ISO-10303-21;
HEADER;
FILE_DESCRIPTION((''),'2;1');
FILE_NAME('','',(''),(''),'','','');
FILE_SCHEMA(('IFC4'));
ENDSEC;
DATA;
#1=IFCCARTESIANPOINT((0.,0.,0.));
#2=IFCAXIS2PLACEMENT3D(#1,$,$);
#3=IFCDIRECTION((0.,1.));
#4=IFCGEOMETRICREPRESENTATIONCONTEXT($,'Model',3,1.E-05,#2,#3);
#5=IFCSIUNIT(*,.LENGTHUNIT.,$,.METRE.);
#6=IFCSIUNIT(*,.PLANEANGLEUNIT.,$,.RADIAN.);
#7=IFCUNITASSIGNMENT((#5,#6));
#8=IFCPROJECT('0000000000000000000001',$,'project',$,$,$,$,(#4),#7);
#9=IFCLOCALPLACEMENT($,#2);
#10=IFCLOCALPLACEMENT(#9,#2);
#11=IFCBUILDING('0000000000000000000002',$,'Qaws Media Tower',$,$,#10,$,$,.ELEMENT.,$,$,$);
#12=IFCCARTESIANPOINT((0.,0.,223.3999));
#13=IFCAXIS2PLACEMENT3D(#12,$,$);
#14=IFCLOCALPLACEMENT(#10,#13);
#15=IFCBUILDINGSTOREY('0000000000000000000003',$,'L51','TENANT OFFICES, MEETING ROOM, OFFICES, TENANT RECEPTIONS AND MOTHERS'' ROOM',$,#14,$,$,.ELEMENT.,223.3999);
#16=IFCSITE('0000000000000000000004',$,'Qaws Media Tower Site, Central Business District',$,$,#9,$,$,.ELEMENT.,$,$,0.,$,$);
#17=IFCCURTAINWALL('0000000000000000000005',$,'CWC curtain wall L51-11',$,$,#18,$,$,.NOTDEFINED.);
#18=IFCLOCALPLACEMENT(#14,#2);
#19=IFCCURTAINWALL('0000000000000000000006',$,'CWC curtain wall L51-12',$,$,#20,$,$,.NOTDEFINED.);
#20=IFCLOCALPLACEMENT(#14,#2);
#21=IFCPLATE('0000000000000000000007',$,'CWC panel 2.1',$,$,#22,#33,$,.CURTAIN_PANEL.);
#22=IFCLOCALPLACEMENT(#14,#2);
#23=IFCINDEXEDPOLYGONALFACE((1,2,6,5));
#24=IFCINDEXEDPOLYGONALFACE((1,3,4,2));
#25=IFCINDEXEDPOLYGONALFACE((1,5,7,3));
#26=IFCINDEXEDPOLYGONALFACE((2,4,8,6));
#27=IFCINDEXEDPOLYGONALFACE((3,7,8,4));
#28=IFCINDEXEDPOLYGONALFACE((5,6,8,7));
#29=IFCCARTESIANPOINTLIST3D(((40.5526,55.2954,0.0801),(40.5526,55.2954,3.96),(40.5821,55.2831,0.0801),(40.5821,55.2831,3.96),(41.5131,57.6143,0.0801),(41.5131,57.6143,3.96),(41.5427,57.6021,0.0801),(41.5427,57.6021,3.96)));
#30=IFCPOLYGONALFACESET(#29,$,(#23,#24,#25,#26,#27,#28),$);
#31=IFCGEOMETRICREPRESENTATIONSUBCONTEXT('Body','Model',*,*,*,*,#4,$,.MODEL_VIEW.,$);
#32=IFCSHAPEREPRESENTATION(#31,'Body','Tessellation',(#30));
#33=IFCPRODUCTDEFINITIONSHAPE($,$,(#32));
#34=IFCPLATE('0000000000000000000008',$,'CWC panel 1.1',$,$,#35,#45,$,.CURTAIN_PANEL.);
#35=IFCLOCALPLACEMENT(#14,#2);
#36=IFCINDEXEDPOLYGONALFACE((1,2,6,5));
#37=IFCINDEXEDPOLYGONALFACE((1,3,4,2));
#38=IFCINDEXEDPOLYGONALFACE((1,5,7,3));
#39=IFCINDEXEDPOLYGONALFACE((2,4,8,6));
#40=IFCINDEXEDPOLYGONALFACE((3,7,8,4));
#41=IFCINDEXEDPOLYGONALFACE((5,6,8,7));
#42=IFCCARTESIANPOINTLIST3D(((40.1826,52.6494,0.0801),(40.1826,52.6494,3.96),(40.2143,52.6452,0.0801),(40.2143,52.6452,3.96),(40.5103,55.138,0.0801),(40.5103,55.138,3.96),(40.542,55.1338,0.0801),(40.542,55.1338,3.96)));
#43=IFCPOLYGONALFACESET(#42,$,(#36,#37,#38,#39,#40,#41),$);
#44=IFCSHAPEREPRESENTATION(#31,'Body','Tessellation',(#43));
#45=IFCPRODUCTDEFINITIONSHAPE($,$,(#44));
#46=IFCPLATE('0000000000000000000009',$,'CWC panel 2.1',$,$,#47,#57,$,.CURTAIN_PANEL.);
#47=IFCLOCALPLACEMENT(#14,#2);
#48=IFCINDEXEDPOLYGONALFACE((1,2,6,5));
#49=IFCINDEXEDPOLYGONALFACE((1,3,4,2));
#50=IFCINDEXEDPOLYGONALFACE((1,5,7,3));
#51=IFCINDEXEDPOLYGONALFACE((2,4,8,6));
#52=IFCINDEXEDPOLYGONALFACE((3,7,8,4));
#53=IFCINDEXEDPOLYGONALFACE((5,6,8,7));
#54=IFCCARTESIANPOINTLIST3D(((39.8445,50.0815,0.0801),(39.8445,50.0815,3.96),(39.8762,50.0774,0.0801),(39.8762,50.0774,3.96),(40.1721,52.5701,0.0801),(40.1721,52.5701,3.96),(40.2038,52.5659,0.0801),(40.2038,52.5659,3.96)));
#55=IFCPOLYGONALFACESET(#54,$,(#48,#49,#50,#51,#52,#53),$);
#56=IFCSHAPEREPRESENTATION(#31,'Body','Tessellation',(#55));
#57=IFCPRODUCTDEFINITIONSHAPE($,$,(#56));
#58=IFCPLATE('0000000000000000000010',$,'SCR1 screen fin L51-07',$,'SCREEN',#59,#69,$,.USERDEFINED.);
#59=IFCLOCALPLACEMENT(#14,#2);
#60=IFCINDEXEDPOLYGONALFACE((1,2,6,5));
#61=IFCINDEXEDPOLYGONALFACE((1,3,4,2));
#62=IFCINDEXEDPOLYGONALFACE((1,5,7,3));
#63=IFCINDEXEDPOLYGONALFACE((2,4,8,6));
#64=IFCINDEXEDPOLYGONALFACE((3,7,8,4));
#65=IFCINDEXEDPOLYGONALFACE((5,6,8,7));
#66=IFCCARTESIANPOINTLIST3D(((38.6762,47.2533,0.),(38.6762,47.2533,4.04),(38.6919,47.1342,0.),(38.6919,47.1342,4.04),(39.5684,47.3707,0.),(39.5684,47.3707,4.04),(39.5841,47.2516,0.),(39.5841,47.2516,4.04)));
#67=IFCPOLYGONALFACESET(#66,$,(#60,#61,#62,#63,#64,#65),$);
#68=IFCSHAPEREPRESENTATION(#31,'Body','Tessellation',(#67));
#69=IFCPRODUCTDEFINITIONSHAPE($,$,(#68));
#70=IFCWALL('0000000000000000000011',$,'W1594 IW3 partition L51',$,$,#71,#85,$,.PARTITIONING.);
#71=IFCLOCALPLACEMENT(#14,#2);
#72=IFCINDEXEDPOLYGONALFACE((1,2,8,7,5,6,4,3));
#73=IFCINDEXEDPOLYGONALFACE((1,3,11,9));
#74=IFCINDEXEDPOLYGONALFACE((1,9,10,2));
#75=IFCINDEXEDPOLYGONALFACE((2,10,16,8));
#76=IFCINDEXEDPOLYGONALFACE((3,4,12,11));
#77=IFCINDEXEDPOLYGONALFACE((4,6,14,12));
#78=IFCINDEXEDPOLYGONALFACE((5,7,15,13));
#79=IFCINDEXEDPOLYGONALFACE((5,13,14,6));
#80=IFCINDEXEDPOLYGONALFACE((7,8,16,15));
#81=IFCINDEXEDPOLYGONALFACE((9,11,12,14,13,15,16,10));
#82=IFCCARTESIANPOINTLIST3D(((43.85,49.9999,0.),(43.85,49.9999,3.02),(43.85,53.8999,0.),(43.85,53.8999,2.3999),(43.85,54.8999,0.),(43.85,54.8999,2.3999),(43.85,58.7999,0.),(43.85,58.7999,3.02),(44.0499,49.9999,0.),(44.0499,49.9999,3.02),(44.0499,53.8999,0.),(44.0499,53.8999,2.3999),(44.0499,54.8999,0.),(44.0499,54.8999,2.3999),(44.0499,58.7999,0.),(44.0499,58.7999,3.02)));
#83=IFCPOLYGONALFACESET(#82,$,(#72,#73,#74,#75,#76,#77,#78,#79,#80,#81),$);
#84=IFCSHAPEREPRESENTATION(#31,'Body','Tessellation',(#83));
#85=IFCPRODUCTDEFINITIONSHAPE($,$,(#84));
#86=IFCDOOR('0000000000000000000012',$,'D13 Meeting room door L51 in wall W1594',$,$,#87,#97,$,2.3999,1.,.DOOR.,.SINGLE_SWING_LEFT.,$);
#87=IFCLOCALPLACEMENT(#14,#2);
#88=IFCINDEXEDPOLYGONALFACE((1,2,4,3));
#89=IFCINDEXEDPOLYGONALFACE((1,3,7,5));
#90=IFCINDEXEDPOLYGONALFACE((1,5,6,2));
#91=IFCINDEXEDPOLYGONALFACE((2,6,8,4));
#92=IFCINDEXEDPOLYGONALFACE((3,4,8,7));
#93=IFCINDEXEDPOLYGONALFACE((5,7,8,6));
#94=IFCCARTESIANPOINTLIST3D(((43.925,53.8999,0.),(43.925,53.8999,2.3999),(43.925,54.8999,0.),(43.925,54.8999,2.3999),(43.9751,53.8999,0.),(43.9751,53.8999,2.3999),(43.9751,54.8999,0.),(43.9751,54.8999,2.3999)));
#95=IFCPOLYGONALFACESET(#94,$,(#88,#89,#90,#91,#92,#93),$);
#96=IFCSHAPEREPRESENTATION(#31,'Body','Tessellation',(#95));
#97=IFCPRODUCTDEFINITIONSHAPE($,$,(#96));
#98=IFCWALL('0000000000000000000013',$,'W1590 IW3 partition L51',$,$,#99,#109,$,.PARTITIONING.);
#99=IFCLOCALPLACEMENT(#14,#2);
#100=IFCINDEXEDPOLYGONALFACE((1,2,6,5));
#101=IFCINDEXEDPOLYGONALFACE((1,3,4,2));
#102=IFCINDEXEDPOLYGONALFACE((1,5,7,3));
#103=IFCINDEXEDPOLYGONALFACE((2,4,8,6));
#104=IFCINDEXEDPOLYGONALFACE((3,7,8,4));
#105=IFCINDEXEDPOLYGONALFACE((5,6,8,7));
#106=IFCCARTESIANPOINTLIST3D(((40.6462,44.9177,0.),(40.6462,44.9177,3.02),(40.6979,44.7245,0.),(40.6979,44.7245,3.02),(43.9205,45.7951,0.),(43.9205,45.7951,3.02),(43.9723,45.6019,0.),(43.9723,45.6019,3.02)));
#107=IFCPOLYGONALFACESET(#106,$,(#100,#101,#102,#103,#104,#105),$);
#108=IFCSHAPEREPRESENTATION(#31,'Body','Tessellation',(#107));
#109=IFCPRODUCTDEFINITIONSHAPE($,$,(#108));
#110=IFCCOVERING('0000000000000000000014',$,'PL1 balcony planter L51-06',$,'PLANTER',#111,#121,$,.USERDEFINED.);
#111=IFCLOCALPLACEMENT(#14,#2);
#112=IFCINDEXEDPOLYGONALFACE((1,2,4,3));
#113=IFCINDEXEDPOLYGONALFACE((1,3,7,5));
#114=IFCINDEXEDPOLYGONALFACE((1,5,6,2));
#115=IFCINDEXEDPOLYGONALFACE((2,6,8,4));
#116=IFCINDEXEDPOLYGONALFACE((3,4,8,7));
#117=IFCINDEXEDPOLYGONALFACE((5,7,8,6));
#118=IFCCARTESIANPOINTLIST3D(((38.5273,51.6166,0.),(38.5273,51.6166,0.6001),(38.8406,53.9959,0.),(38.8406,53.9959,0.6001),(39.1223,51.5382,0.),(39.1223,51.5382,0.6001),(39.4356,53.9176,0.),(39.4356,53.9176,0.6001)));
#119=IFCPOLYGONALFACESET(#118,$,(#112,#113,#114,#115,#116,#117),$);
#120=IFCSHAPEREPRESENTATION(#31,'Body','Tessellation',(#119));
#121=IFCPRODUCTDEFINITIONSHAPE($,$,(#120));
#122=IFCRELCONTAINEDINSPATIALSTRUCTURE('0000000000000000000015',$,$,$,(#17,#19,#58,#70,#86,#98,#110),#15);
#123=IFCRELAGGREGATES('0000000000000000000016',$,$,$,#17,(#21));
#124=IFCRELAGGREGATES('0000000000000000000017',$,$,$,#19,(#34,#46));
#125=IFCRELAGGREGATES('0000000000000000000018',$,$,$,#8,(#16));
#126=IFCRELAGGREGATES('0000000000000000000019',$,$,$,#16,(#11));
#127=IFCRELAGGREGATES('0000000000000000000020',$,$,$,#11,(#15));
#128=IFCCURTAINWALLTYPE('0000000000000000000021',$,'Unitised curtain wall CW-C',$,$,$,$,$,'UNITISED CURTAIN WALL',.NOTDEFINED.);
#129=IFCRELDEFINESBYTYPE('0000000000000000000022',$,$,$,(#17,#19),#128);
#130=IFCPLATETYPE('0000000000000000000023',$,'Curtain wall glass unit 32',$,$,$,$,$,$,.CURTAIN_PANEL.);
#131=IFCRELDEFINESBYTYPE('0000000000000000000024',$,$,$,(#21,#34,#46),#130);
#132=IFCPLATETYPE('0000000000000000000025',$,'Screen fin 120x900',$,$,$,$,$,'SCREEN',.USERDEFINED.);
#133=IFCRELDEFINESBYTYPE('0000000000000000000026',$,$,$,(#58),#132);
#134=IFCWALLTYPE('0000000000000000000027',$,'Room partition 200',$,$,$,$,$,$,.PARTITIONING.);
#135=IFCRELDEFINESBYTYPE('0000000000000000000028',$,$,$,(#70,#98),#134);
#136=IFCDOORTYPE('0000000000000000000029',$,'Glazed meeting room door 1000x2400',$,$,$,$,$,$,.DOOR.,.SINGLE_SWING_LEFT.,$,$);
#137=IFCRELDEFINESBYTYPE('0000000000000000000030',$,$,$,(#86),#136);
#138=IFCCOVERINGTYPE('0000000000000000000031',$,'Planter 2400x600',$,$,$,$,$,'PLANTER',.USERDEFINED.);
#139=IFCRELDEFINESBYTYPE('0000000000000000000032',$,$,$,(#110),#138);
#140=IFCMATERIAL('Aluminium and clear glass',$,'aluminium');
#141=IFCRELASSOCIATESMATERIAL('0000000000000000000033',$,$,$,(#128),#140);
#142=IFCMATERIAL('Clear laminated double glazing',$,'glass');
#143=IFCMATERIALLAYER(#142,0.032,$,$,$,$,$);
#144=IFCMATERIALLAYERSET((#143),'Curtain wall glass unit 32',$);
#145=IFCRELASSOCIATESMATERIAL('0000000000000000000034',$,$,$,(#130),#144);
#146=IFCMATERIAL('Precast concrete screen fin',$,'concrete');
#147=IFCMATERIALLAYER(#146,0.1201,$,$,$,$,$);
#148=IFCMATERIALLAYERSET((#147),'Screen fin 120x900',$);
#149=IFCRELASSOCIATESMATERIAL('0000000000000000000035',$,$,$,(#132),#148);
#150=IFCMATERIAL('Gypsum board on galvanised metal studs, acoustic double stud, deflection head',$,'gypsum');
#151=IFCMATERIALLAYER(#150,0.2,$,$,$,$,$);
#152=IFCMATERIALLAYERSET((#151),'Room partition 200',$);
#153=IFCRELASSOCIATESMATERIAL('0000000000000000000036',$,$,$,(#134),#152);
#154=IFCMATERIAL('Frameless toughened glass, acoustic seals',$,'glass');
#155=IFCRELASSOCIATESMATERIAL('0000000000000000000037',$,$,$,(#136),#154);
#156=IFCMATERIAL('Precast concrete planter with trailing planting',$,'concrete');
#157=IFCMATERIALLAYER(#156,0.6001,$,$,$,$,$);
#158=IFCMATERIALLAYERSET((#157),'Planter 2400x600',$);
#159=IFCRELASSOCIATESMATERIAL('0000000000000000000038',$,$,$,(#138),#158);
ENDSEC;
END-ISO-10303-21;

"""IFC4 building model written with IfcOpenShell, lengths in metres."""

from ifc_helpers import new_model, si_unit, direction, frame, frame_2d, origin, origin_2d, place, context, subcontext, project, spatial, rectangle, extrude, material, layer, layer_set, type_object, element, fill, aggregate, save


model = new_model("IFC4")

# Units and contexts
model_context = context("Model", 3, precision=1e-05, world=origin(), true_north=direction((0.0, 1.0)))
body_context = subcontext(model_context, "Body", "Model", "MODEL_VIEW")
ifc_project = project(units=[si_unit("LENGTHUNIT", "METRE"), si_unit("PLANEANGLEUNIT", "RADIAN")], contexts=[model_context])

# Site, building, storey
site_placement = place(None, origin())
site = spatial("IfcSite", under=ifc_project, at=site_placement, Name="Qaws Media Tower Site, Central Business District", CompositionType="ELEMENT", RefElevation=0.0)
building_placement = place(site_placement, origin())
building = spatial("IfcBuilding", under=site, at=building_placement, Name="Qaws Media Tower", CompositionType="ELEMENT")
storey_placement = place(building_placement, frame((0.0, 0.0, 223.3999)))
storey = spatial("IfcBuildingStorey", under=building, at=storey_placement, Name="L51", Description="TENANT OFFICES, MEETING ROOM, OFFICES, TENANT RECEPTIONS AND MOTHERS' ROOM", CompositionType="ELEMENT", Elevation=223.3999)

# Curtain wall
ifc_material_1 = material(Name="Aluminium and clear glass", Category="aluminium")
curtain_wall_type = type_object("IfcCurtainWallType", Name="Unitised curtain wall CW-C", ElementType="UNITISED CURTAIN WALL", PredefinedType="NOTDEFINED", material=ifc_material_1)
curtain_wall_1_placement = place(storey_placement, origin())
curtain_wall_1 = element("IfcCurtainWall", 1, at=curtain_wall_1_placement, inside=storey, type_object=curtain_wall_type, Name="CWC curtain wall L51-11", PredefinedType="NOTDEFINED")

# Curtain wall
curtain_wall_2_placement = place(storey_placement, origin())
curtain_wall_2 = element("IfcCurtainWall", 2, at=curtain_wall_2_placement, inside=storey, type_object=curtain_wall_type, Name="CWC curtain wall L51-12", PredefinedType="NOTDEFINED")

# Plates
ifc_material_2 = material(Name="Clear laminated double glazing", Category="glass")
ifc_layer_1 = layer(ifc_material_2, 0.032)
ifc_layer_set_1 = layer_set([ifc_layer_1], Name="Curtain wall glass unit 32")
plate_type_1 = type_object("IfcPlateType", Name="Curtain wall glass unit 32", PredefinedType="CURTAIN_PANEL", material=ifc_layer_set_1)
plate_1_placement = place(storey_placement, frame((41.0476, 56.4487, 0.0801), z_axis=(0.0, 0.0, 1.0), x_axis=(-0.382683, -0.92388, 0.0)))
plate_1 = element("IfcPlate", 3, at=plate_1_placement, type_object=plate_type_1, Name="CWC panel 2.1", PredefinedType="CURTAIN_PANEL", context=body_context, shape_type="SweptSolid", body=[
    extrude(rectangle(XDim=2.51, YDim=0.032, at=origin_2d()), origin(), (0.0, 0.0, 1.0), 3.8799),
])
aggregate(curtain_wall_1, [plate_1])
plate_2_placement = place(storey_placement, frame((40.3623, 53.8916, 0.0801), z_axis=(0.0, 0.0, 1.0), x_axis=(-0.130526, -0.991445, 0.0)))
plate_2 = element("IfcPlate", 4, at=plate_2_placement, type_object=plate_type_1, Name="CWC panel 1.1", PredefinedType="CURTAIN_PANEL", context=body_context, shape_type="SweptSolid", body=[
    extrude(rectangle(XDim=2.51, YDim=0.032, at=origin_2d()), origin(), (0.0, 0.0, 1.0), 3.8799),
])
plate_3_placement = place(storey_placement, frame((40.0242, 51.3237, 0.0801), z_axis=(0.0, 0.0, 1.0), x_axis=(-0.130526, -0.991445, 0.0)))
plate_3 = element("IfcPlate", 5, at=plate_3_placement, type_object=plate_type_1, Name="CWC panel 2.1", PredefinedType="CURTAIN_PANEL", context=body_context, shape_type="SweptSolid", body=[
    extrude(rectangle(XDim=2.51, YDim=0.032, at=origin_2d()), origin(), (0.0, 0.0, 1.0), 3.8799),
])
aggregate(curtain_wall_2, [plate_2, plate_3])
ifc_material_3 = material(Name="Precast concrete screen fin", Category="concrete")
ifc_layer_2 = layer(ifc_material_3, 0.1201)
ifc_layer_set_2 = layer_set([ifc_layer_2], Name="Screen fin 120x900")
plate_type_2 = type_object("IfcPlateType", Name="Screen fin 120x900", ElementType="SCREEN", PredefinedType="USERDEFINED", material=ifc_layer_set_2)
plate_4_placement = place(storey_placement, frame((39.1301, 47.2524, 0.0), z_axis=(0.0, 0.0, 1.0), x_axis=(-0.991445, -0.130526, 0.0)))
element("IfcPlate", 6, at=plate_4_placement, inside=storey, type_object=plate_type_2, Name="SCR1 screen fin L51-07", ObjectType="SCREEN", PredefinedType="USERDEFINED", context=body_context, shape_type="SweptSolid", body=[
    extrude(rectangle(XDim=0.8999, YDim=0.1201, at=origin_2d()), origin(), (0.0, 0.0, 1.0), 4.04),
])

# Wall, opening, door
ifc_material_4 = material(Name="Gypsum board on galvanised metal studs, acoustic double stud, deflection head", Category="gypsum")
ifc_layer_3 = layer(ifc_material_4, 0.2)
ifc_layer_set_3 = layer_set([ifc_layer_3], Name="Room partition 200")
wall_type_1 = type_object("IfcWallType", Name="Room partition 200", PredefinedType="PARTITIONING", material=ifc_layer_set_3)
wall_1_placement = place(storey_placement, frame((43.95, 50.0, 0.0), z_axis=(0.0, 0.0, 1.0), x_axis=(0.0, 1.0, 0.0)))
wall_1 = element("IfcWall", 7, at=wall_1_placement, inside=storey, type_object=wall_type_1, Name="W1594 IW3 partition L51", PredefinedType="PARTITIONING", context=body_context, shape_type="SweptSolid", body=[
    extrude(rectangle(XDim=8.8, YDim=0.2, at=frame_2d((4.3999, 0.0))), origin(), (0.0, 0.0, 1.0), 3.02),
])
opening_1_placement = place(wall_1_placement, frame((3.8999, 0.0, 0.0)))
opening_1 = element("IfcOpeningElement", 8, at=opening_1_placement, cuts=wall_1, PredefinedType="OPENING", context=body_context, shape_type="SweptSolid", body=[
    extrude(rectangle(XDim=1.0, YDim=2.3999, at=frame_2d((0.5, 1.2))), frame((0.0, 0.1099, 0.0), z_axis=(0.0, -1.0, 0.0), x_axis=(1.0, 0.0, 0.0)), (0.0, 0.0, 1.0), 0.22),
])
ifc_material_5 = material(Name="Frameless toughened glass, acoustic seals", Category="glass")
door_type_1 = type_object("IfcDoorType", Name="Glazed meeting room door 1000x2400", OperationType="SINGLE_SWING_LEFT", PredefinedType="DOOR", material=ifc_material_5)
door_1_placement = place(opening_1_placement, origin())
door_1 = element("IfcDoor", 9, at=door_1_placement, inside=storey, type_object=door_type_1, Name="D13 Meeting room door L51 in wall W1594", OperationType="SINGLE_SWING_LEFT", OverallHeight=2.3999, OverallWidth=1.0, PredefinedType="DOOR", context=body_context, shape_type="SweptSolid", body=[
    extrude(rectangle(XDim=1.0, YDim=2.3999, at=frame_2d((0.5, 1.2))), frame((0.0, 0.0249, 0.0), z_axis=(0.0, -1.0, 0.0), x_axis=(1.0, 0.0, 0.0)), (0.0, 0.0, 1.0), 0.05),
])
fill(opening_1, door_1)

# Wall
wall_2_placement = place(storey_placement, frame((43.9463, 45.6985, 0.0), z_axis=(0.0, 0.0, 1.0), x_axis=(-0.965921, -0.258837, 0.0)))
element("IfcWall", 10, at=wall_2_placement, inside=storey, type_object=wall_type_1, Name="W1590 IW3 partition L51", PredefinedType="PARTITIONING", context=body_context, shape_type="SweptSolid", body=[
    extrude(rectangle(XDim=3.3899, YDim=0.2, at=frame_2d((1.6948, 0.0))), origin(), (0.0, 0.0, 1.0), 3.02),
])

# Covering
ifc_material_6 = material(Name="Precast concrete planter with trailing planting", Category="concrete")
ifc_layer_4 = layer(ifc_material_6, 0.6001)
ifc_layer_set_4 = layer_set([ifc_layer_4], Name="Planter 2400x600")
covering_type = type_object("IfcCoveringType", Name="Planter 2400x600", ElementType="PLANTER", PredefinedType="USERDEFINED", material=ifc_layer_set_4)
covering_placement = place(storey_placement, frame((38.9814, 52.7671, 0.0), z_axis=(0.0, 0.0, 1.0), x_axis=(-0.130526, -0.991445, 0.0)))
element("IfcCovering", 11, at=covering_placement, inside=storey, type_object=covering_type, Name="PL1 balcony planter L51-06", ObjectType="PLANTER", PredefinedType="USERDEFINED", context=body_context, shape_type="SweptSolid", body=[
    extrude(rectangle(XDim=2.3999, YDim=0.6001, at=origin_2d()), origin(), (0.0, 0.0, 1.0), 0.6001),
])

save(model, "model.ifc")
